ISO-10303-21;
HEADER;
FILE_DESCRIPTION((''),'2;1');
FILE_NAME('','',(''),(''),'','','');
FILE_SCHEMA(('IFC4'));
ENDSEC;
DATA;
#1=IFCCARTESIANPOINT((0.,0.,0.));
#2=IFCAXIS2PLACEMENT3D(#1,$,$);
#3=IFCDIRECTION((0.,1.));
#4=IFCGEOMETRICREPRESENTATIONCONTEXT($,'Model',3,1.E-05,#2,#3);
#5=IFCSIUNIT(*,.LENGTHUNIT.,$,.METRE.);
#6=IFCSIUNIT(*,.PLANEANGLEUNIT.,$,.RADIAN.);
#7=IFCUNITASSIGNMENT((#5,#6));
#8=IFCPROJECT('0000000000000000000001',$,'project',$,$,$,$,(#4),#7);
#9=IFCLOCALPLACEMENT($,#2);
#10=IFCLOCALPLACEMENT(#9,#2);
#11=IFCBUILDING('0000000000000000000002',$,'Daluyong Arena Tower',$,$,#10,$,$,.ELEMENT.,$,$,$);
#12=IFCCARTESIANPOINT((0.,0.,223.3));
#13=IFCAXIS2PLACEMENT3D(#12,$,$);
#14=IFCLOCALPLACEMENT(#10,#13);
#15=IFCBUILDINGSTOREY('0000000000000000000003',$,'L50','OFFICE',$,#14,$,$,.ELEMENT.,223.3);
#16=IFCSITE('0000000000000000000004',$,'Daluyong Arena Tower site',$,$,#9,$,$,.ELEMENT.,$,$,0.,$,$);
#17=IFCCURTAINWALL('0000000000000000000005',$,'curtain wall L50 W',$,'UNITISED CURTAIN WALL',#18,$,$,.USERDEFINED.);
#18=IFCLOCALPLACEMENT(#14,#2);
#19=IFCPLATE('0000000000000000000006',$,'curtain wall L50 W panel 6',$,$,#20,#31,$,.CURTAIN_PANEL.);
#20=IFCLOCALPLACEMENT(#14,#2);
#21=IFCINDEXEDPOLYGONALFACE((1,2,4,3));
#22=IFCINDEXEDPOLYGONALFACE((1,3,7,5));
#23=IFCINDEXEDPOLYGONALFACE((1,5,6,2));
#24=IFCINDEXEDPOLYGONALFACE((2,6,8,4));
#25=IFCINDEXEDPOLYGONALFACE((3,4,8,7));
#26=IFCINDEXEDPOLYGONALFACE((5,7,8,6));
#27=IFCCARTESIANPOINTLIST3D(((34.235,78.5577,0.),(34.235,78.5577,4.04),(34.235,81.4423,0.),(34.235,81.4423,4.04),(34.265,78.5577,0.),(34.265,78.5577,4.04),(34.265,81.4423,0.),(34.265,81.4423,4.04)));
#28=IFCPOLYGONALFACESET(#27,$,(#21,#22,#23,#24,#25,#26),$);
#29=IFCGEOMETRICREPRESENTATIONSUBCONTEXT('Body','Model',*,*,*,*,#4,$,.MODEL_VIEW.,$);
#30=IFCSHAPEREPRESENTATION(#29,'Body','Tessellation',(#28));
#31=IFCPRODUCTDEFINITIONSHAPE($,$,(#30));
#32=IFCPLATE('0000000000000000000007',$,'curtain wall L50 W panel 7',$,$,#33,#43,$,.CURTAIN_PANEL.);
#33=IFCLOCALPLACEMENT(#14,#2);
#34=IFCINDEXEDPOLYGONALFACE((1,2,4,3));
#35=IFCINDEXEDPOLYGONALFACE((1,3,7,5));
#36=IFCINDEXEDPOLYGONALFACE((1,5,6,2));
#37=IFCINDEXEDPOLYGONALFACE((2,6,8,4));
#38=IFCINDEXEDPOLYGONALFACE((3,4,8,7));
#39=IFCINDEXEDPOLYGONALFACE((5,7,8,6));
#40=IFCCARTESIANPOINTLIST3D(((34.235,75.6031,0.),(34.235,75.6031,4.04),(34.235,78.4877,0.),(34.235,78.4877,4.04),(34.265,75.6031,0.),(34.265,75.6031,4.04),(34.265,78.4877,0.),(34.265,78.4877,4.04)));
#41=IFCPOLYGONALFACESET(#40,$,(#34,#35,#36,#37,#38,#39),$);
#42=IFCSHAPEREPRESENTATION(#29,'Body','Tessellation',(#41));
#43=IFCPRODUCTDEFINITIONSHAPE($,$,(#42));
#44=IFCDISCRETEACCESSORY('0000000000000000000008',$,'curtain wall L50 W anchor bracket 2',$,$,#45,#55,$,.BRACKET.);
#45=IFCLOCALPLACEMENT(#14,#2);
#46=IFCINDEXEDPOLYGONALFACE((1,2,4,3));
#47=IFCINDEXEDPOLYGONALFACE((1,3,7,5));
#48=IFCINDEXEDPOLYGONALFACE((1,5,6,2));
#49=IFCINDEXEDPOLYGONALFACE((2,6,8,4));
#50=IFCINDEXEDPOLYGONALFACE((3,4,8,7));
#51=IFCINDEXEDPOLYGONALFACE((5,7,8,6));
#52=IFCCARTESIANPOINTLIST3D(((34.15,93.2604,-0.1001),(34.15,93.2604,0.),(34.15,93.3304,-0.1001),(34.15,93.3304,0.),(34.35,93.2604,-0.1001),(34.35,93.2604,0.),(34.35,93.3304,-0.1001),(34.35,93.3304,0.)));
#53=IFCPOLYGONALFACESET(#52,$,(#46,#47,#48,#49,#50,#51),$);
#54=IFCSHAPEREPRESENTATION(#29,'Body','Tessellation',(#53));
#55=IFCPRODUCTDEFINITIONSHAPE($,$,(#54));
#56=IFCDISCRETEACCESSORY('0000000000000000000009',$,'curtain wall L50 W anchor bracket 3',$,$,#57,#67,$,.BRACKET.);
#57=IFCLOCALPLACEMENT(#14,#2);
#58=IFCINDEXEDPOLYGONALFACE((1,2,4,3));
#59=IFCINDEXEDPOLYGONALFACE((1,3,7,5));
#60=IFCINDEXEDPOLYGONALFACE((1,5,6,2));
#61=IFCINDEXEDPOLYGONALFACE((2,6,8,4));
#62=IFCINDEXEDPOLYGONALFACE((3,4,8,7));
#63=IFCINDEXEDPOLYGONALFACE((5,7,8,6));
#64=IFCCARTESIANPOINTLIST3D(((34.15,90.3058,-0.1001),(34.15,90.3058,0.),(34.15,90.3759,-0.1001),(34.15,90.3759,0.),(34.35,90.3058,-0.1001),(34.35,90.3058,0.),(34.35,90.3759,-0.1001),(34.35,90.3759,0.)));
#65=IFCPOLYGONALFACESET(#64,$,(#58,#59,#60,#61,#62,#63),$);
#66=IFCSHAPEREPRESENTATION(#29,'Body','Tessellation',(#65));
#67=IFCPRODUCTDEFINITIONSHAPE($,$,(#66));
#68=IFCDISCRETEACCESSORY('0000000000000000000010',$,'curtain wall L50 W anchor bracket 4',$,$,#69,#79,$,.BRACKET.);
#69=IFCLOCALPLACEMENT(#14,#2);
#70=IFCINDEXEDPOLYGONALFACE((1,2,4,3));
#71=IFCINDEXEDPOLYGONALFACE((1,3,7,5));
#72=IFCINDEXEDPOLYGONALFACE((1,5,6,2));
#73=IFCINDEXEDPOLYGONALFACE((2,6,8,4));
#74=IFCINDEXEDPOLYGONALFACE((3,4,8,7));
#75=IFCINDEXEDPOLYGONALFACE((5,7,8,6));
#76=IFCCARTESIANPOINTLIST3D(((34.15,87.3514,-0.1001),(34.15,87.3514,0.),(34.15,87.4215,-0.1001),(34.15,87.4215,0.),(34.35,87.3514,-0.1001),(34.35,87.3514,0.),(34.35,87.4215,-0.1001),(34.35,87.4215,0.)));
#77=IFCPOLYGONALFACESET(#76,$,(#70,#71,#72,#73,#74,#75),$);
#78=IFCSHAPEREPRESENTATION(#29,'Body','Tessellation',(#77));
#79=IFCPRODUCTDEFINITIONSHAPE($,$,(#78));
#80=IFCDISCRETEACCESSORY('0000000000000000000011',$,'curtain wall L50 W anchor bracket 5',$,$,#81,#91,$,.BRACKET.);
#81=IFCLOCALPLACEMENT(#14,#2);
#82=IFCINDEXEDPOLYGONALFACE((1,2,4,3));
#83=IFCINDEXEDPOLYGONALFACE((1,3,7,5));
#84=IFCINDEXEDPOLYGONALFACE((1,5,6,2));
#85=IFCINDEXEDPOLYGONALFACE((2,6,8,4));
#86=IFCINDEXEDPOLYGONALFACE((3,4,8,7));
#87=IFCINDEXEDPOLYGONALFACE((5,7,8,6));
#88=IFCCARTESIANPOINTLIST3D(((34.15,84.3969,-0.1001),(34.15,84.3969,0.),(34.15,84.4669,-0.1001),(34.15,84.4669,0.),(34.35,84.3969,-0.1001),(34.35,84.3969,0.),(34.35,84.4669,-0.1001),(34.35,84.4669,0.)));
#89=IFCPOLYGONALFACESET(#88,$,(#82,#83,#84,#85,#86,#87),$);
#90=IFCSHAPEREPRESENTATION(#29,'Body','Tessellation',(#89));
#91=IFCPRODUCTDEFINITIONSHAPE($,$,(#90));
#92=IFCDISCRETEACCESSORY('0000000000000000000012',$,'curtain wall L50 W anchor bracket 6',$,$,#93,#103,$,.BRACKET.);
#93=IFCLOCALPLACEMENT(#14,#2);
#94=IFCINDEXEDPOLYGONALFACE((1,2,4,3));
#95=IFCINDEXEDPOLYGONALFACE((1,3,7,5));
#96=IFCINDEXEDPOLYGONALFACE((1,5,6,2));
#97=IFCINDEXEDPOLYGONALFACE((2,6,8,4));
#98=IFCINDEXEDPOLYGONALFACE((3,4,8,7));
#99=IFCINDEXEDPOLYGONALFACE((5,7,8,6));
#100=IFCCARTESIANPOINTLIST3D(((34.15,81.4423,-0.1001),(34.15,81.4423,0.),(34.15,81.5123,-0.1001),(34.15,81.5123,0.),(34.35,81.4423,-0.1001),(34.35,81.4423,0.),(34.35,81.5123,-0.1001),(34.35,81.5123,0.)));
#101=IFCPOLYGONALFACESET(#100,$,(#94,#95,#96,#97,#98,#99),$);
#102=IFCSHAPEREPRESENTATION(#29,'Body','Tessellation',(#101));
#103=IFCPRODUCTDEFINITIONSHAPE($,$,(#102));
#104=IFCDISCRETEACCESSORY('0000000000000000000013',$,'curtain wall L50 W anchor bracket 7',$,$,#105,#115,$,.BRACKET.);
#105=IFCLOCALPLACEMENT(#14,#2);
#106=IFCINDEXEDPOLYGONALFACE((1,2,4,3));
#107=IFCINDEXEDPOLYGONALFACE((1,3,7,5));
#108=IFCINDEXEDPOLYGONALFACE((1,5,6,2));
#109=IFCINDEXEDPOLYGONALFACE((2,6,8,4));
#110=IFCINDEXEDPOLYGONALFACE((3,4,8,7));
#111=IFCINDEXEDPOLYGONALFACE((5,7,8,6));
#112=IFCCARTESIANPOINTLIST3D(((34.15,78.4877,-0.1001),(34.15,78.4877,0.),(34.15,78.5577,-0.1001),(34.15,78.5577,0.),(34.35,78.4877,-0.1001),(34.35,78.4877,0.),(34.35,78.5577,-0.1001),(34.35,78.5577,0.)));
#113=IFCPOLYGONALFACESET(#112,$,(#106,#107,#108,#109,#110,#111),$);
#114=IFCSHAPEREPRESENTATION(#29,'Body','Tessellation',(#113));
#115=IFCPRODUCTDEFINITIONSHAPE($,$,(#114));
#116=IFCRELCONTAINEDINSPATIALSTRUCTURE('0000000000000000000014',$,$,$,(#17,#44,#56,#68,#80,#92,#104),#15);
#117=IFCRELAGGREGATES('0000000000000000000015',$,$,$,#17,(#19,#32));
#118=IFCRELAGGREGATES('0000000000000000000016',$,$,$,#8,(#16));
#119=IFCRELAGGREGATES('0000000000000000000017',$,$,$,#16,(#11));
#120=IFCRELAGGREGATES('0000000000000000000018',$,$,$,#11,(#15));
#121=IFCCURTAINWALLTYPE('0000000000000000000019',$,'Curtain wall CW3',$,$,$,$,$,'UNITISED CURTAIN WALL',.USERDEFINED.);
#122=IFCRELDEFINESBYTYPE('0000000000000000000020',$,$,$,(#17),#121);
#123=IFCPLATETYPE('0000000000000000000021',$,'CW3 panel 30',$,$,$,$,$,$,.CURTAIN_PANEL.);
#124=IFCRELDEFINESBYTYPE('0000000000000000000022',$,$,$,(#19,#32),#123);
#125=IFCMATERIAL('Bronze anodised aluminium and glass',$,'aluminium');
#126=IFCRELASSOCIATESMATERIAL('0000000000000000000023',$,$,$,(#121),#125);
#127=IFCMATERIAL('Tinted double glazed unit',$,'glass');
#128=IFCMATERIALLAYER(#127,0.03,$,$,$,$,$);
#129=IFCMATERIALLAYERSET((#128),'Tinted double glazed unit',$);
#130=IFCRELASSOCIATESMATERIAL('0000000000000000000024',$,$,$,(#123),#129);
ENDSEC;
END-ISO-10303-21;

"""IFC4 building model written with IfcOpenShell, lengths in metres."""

from ifc_helpers import new_model, si_unit, direction, frame, origin, origin_2d, place, context, subcontext, project, spatial, rectangle, extrude, material, layer, layer_set, type_object, element, aggregate, save


model = new_model("IFC4")

# Units and contexts
model_context = context("Model", 3, precision=1e-05, world=origin(), true_north=direction((0.0, 1.0)))
body_context = subcontext(model_context, "Body", "Model", "MODEL_VIEW")
ifc_project = project(units=[si_unit("LENGTHUNIT", "METRE"), si_unit("PLANEANGLEUNIT", "RADIAN")], contexts=[model_context])

# Site, building, storey
site_placement = place(None, origin())
site = spatial("IfcSite", under=ifc_project, at=site_placement, Name="Daluyong Arena Tower site", CompositionType="ELEMENT", RefElevation=0.0)
building_placement = place(site_placement, origin())
building = spatial("IfcBuilding", under=site, at=building_placement, Name="Daluyong Arena Tower", CompositionType="ELEMENT")
storey_placement = place(building_placement, frame((0.0, 0.0, 223.3)))
storey = spatial("IfcBuildingStorey", under=building, at=storey_placement, Name="L50", Description="OFFICE", CompositionType="ELEMENT", Elevation=223.3)

# Curtain wall
ifc_material_1 = material(Name="Bronze anodised aluminium and glass", Category="aluminium")
curtain_wall_type = type_object("IfcCurtainWallType", Name="Curtain wall CW3", ElementType="UNITISED CURTAIN WALL", PredefinedType="USERDEFINED", material=ifc_material_1)
curtain_wall_placement = place(storey_placement, origin())
curtain_wall = element("IfcCurtainWall", 1, at=curtain_wall_placement, inside=storey, type_object=curtain_wall_type, Name="curtain wall L50 W", ObjectType="UNITISED CURTAIN WALL", PredefinedType="USERDEFINED")

# Plates
ifc_material_2 = material(Name="Tinted double glazed unit", Category="glass")
ifc_layer = layer(ifc_material_2, 0.03)
ifc_layer_set = layer_set([ifc_layer], Name="Tinted double glazed unit")
plate_type = type_object("IfcPlateType", Name="CW3 panel 30", PredefinedType="CURTAIN_PANEL", material=ifc_layer_set)
plate_1_placement = place(storey_placement, frame((34.25, 80.0, 0.0), z_axis=(0.0, 0.0, 1.0), x_axis=(0.0, -1.0, 0.0)))
plate_1 = element("IfcPlate", 2, at=plate_1_placement, type_object=plate_type, Name="curtain wall L50 W panel 6", PredefinedType="CURTAIN_PANEL", context=body_context, shape_type="SweptSolid", body=[
    extrude(rectangle(XDim=2.8845, YDim=0.03, at=origin_2d()), origin(), (0.0, 0.0, 1.0), 4.04),
])
plate_2_placement = place(storey_placement, frame((34.25, 77.0454, 0.0), z_axis=(0.0, 0.0, 1.0), x_axis=(0.0, -1.0, 0.0)))
plate_2 = element("IfcPlate", 3, at=plate_2_placement, type_object=plate_type, Name="curtain wall L50 W panel 7", PredefinedType="CURTAIN_PANEL", context=body_context, shape_type="SweptSolid", body=[
    extrude(rectangle(XDim=2.8845, YDim=0.03, at=origin_2d()), origin(), (0.0, 0.0, 1.0), 4.04),
])
aggregate(curtain_wall, [plate_1, plate_2])

# Discrete accessories
for number, where, z_axis, x_axis, name in (
    (4, (34.25, 93.2954, -0.1001), (0.0, 0.0, 1.0), (0.0, -1.0, 0.0), "curtain wall L50 W anchor bracket 2"),
    (5, (34.25, 90.3408, -0.1001), (0.0, 0.0, 1.0), (0.0, -1.0, 0.0), "curtain wall L50 W anchor bracket 3"),
    (6, (34.25, 87.3865, -0.1001), (0.0, 0.0, 1.0), (0.0, -1.0, 0.0), "curtain wall L50 W anchor bracket 4"),
    (7, (34.25, 84.4319, -0.1001), (0.0, 0.0, 1.0), (0.0, -1.0, 0.0), "curtain wall L50 W anchor bracket 5"),
    (8, (34.25, 81.4773, -0.1001), (0.0, 0.0, 1.0), (0.0, -1.0, 0.0), "curtain wall L50 W anchor bracket 6"),
    (9, (34.25, 78.5227, -0.1001), (0.0, 0.0, 1.0), (0.0, -1.0, 0.0), "curtain wall L50 W anchor bracket 7"),
):
    element("IfcDiscreteAccessory", number, at=place(storey_placement, frame(where, z_axis=z_axis, x_axis=x_axis)), inside=storey, Name=name, PredefinedType="BRACKET", context=body_context, shape_type="SweptSolid", body=[
        extrude(rectangle(XDim=0.0701, YDim=0.2, at=origin_2d()), origin(), (0.0, 0.0, 1.0), 0.1001),
    ])

save(model, "model.ifc")
